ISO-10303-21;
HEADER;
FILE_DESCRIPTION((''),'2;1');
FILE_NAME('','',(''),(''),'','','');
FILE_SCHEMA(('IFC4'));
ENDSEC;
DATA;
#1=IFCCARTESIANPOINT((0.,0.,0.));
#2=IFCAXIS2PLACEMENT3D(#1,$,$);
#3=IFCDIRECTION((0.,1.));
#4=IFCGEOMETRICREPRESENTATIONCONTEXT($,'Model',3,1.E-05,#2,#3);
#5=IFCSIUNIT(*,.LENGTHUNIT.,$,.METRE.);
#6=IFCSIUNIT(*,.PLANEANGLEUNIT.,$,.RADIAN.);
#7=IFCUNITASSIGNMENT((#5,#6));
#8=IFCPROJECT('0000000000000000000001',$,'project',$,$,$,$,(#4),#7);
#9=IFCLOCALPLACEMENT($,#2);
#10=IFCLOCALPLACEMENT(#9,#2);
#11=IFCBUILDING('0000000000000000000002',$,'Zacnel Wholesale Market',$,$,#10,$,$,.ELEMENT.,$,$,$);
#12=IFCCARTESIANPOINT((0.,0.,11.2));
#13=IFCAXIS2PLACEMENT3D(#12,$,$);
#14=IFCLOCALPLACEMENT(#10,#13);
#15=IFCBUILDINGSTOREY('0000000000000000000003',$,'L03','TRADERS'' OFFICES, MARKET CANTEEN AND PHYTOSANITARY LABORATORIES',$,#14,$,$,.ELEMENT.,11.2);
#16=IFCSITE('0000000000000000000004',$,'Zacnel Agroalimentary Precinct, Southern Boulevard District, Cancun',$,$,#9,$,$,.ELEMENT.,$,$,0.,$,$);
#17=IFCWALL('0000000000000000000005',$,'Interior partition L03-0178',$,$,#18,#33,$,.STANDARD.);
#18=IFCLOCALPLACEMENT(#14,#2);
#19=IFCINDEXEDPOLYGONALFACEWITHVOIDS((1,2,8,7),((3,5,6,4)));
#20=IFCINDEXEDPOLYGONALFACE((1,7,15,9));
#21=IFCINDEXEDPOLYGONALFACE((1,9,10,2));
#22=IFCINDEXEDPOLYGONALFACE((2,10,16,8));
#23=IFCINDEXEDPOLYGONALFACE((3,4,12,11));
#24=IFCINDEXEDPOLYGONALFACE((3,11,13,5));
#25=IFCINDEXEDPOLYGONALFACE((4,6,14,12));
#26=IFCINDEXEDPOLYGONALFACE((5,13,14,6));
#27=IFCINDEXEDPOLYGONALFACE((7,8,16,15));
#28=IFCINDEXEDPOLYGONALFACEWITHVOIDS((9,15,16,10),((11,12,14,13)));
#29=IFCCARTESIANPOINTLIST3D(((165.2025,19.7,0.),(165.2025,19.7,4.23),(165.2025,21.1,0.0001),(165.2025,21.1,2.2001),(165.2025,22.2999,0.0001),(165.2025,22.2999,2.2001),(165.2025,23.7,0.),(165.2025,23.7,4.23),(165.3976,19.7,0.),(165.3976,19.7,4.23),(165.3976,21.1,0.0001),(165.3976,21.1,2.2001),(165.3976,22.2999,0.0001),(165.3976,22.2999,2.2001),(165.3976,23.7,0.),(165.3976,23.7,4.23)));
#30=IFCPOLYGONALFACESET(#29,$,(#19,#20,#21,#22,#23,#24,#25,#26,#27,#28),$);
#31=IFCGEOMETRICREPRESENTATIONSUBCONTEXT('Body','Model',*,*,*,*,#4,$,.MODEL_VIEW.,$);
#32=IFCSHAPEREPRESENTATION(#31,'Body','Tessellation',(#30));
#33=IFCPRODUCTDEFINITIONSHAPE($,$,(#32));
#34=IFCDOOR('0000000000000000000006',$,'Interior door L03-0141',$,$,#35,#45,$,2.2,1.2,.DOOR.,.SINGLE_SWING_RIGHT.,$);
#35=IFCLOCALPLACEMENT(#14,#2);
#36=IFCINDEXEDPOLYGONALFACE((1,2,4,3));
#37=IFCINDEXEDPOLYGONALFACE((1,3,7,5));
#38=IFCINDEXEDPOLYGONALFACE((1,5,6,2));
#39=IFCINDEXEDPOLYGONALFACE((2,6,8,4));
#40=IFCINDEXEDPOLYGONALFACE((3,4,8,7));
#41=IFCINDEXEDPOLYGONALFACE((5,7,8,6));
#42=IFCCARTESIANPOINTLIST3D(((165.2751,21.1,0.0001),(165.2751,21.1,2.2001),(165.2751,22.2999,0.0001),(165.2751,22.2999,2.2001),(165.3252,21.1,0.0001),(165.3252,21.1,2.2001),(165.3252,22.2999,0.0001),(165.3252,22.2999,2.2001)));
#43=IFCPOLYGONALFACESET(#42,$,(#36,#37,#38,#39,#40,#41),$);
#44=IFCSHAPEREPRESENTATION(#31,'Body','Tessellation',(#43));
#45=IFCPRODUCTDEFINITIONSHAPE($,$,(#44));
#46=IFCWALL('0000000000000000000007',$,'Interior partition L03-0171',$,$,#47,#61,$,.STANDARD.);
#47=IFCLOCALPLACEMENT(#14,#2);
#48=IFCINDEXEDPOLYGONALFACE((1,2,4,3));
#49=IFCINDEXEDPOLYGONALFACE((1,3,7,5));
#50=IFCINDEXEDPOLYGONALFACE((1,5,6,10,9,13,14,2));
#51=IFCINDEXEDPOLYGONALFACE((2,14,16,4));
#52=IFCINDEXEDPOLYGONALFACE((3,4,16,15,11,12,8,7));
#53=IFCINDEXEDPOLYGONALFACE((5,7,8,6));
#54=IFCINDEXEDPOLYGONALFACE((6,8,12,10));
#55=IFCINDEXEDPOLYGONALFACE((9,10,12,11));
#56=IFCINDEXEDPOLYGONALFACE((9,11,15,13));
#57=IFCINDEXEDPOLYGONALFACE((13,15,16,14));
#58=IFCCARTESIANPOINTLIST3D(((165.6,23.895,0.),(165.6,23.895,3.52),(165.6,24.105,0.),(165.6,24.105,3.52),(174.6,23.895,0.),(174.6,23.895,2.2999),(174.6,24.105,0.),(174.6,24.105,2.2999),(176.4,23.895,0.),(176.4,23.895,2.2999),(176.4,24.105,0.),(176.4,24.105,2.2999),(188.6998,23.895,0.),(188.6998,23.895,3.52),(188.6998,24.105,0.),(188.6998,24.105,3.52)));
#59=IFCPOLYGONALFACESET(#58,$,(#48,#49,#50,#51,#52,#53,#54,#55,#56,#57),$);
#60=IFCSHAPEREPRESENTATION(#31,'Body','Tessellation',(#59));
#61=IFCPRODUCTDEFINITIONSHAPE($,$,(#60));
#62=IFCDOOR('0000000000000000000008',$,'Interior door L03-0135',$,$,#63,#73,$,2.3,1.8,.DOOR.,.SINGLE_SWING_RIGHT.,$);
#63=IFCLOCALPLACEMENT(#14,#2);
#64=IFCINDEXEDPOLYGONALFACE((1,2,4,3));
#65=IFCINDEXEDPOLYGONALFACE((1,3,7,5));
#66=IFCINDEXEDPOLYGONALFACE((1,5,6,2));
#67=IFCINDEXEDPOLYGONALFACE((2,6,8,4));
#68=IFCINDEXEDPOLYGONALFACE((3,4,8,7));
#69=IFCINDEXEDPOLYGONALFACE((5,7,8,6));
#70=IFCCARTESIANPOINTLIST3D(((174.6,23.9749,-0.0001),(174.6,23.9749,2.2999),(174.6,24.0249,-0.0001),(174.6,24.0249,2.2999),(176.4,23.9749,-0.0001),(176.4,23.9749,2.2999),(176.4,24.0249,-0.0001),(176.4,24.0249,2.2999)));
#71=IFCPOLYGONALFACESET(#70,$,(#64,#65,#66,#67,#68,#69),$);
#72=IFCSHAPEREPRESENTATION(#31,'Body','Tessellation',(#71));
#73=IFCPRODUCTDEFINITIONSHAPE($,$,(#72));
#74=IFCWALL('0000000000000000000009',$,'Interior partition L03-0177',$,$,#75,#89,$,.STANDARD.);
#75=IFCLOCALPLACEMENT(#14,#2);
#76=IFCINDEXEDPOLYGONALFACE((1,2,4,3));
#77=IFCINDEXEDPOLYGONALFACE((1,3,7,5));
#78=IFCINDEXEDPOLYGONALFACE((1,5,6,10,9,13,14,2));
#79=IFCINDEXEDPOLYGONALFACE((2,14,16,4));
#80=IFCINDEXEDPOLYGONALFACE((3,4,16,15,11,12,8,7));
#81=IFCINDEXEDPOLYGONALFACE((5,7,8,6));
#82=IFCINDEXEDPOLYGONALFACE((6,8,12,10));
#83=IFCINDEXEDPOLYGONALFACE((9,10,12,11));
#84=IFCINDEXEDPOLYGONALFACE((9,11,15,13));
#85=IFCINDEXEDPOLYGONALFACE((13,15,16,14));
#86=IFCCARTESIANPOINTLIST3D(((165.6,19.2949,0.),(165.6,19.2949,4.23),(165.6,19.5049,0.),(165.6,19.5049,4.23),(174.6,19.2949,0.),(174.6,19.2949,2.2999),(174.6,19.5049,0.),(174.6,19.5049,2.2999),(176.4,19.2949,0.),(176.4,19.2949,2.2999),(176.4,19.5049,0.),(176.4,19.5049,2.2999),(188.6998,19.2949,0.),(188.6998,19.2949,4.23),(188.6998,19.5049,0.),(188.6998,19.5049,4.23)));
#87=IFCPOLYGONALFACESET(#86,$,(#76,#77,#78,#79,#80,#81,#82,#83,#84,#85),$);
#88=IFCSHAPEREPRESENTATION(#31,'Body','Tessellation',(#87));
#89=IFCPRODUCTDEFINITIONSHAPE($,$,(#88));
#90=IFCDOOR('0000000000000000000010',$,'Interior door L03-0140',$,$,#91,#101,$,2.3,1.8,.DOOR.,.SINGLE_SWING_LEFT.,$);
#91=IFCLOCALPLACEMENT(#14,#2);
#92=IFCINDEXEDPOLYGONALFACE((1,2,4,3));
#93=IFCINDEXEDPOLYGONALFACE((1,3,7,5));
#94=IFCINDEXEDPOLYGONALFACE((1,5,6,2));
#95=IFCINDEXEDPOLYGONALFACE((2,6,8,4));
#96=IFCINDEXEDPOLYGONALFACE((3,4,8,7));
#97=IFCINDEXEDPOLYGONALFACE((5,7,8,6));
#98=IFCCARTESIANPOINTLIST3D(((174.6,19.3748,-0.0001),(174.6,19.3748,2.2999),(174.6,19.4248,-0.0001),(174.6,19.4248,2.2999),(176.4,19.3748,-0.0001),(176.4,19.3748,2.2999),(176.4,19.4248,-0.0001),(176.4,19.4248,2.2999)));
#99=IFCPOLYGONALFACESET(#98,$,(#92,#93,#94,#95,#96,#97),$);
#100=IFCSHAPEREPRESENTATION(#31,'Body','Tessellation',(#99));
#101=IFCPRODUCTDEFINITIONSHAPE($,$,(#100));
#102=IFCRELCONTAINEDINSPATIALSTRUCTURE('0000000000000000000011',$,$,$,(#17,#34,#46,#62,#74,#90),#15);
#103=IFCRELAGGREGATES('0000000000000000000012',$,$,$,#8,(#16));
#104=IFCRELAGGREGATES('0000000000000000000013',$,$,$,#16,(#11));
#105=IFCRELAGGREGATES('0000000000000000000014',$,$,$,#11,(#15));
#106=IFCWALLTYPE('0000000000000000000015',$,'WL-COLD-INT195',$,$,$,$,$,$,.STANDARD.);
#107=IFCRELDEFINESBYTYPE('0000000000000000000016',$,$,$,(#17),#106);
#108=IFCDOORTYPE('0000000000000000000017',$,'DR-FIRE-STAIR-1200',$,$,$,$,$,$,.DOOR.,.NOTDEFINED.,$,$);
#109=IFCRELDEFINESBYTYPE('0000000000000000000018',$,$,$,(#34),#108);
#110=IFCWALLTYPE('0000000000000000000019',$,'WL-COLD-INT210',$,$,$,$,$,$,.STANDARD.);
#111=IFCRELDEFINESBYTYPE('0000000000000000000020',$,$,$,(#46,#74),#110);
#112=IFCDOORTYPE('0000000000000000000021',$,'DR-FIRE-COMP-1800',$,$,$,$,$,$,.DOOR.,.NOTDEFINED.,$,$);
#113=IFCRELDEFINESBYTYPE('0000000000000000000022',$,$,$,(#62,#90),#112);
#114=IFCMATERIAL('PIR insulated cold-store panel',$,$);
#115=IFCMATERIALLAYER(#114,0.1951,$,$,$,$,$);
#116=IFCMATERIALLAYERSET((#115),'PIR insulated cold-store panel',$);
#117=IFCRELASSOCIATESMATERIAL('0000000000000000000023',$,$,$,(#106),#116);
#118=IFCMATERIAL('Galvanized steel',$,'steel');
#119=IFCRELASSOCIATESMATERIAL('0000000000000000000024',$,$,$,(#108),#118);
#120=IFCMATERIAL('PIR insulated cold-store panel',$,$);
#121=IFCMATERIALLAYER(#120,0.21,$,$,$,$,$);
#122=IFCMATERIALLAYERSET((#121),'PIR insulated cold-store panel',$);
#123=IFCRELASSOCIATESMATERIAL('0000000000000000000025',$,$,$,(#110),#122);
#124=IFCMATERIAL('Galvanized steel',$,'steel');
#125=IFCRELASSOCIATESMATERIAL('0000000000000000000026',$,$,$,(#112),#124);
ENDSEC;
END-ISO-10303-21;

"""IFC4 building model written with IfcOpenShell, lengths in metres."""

from ifc_helpers import new_model, si_unit, direction, frame, frame_2d, origin, place, context, subcontext, project, spatial, rectangle, extrude, material, layer, layer_set, type_object, element, fill, save


model = new_model("IFC4")

# Units and contexts
model_context = context("Model", 3, precision=1e-05, world=origin(), true_north=direction((0.0, 1.0)))
body_context = subcontext(model_context, "Body", "Model", "MODEL_VIEW")
ifc_project = project(units=[si_unit("LENGTHUNIT", "METRE"), si_unit("PLANEANGLEUNIT", "RADIAN")], contexts=[model_context])

# Site, building, storey
site_placement = place(None, origin())
site = spatial("IfcSite", under=ifc_project, at=site_placement, Name="Zacnel Agroalimentary Precinct, Southern Boulevard District, Cancun", CompositionType="ELEMENT", RefElevation=0.0)
building_placement = place(site_placement, origin())
building = spatial("IfcBuilding", under=site, at=building_placement, Name="Zacnel Wholesale Market", CompositionType="ELEMENT")
storey_placement = place(building_placement, frame((0.0, 0.0, 11.2)))
storey = spatial("IfcBuildingStorey", under=building, at=storey_placement, Name="L03", Description="TRADERS' OFFICES, MARKET CANTEEN AND PHYTOSANITARY LABORATORIES", CompositionType="ELEMENT", Elevation=11.2)

# Walls, openings, doors
ifc_material_1 = material(Name="PIR insulated cold-store panel")
ifc_layer_1 = layer(ifc_material_1, 0.1951)
ifc_layer_set_1 = layer_set([ifc_layer_1], Name="PIR insulated cold-store panel")
wall_type_1 = type_object("IfcWallType", Name="WL-COLD-INT195", PredefinedType="STANDARD", material=ifc_layer_set_1)
wall_1_placement = place(storey_placement, frame((165.3, 19.7, 0.0), z_axis=(0.0, 0.0, 1.0), x_axis=(0.0, 1.0, 0.0)))
wall_1 = element("IfcWall", 1, at=wall_1_placement, inside=storey, type_object=wall_type_1, Name="Interior partition L03-0178", PredefinedType="STANDARD", context=body_context, shape_type="SweptSolid", body=[
    extrude(rectangle(XDim=4.0, YDim=0.1951, at=frame_2d((2.0, 0.0))), origin(), (0.0, 0.0, 1.0), 4.23),
])
opening_1_placement = place(wall_1_placement, frame((1.3999, 0.0, 0.0)))
opening_1 = element("IfcOpeningElement", 2, at=opening_1_placement, cuts=wall_1, PredefinedType="OPENING", context=body_context, shape_type="SweptSolid", body=[
    extrude(rectangle(XDim=1.2, YDim=2.2, at=frame_2d((0.6001, 1.1001))), frame((0.0, 0.1074, 0.0), z_axis=(0.0, -1.0, 0.0), x_axis=(1.0, 0.0, 0.0)), (0.0, 0.0, 1.0), 0.2151),
])
ifc_material_2 = material(Name="Galvanized steel", Category="steel")
door_type_1 = type_object("IfcDoorType", Name="DR-FIRE-STAIR-1200", OperationType="NOTDEFINED", PredefinedType="DOOR", material=ifc_material_2)
door_1_placement = place(opening_1_placement, origin())
door_1 = element("IfcDoor", 3, at=door_1_placement, inside=storey, type_object=door_type_1, Name="Interior door L03-0141", OperationType="SINGLE_SWING_RIGHT", OverallHeight=2.2, OverallWidth=1.2, PredefinedType="DOOR", context=body_context, shape_type="SweptSolid", body=[
    extrude(rectangle(XDim=1.2, YDim=2.2, at=frame_2d((0.6001, 1.1001))), frame((0.0, 0.0249, 0.0), z_axis=(0.0, -1.0, 0.0), x_axis=(1.0, 0.0, 0.0)), (0.0, 0.0, 1.0), 0.05),
])
fill(opening_1, door_1)
ifc_material_3 = material(Name="PIR insulated cold-store panel")
ifc_layer_2 = layer(ifc_material_3, 0.21)
ifc_layer_set_2 = layer_set([ifc_layer_2], Name="PIR insulated cold-store panel")
wall_type_2 = type_object("IfcWallType", Name="WL-COLD-INT210", PredefinedType="STANDARD", material=ifc_layer_set_2)
wall_2_placement = place(storey_placement, frame((165.6001, 24.0, 0.0), z_axis=(0.0, 0.0, 1.0), x_axis=(1.0, 0.0, 0.0)))
wall_2 = element("IfcWall", 4, at=wall_2_placement, inside=storey, type_object=wall_type_2, Name="Interior partition L03-0171", PredefinedType="STANDARD", context=body_context, shape_type="SweptSolid", body=[
    extrude(rectangle(XDim=23.0999, YDim=0.21, at=frame_2d((11.5498, 0.0))), origin(), (0.0, 0.0, 1.0), 3.52),
])
opening_2_placement = place(wall_2_placement, frame((9.0, 0.0, 0.0)))
opening_2 = element("IfcOpeningElement", 5, at=opening_2_placement, cuts=wall_2, PredefinedType="OPENING", context=body_context, shape_type="SweptSolid", body=[
    extrude(rectangle(XDim=1.8, YDim=2.3, at=frame_2d((0.8999, 1.1499))), frame((0.0, 0.115, 0.0), z_axis=(0.0, -1.0, 0.0), x_axis=(1.0, 0.0, 0.0)), (0.0, 0.0, 1.0), 0.23),
])
ifc_material_4 = material(Name="Galvanized steel", Category="steel")
door_type_2 = type_object("IfcDoorType", Name="DR-FIRE-COMP-1800", OperationType="NOTDEFINED", PredefinedType="DOOR", material=ifc_material_4)
door_2_placement = place(opening_2_placement, origin())
door_2 = element("IfcDoor", 6, at=door_2_placement, inside=storey, type_object=door_type_2, Name="Interior door L03-0135", OperationType="SINGLE_SWING_RIGHT", OverallHeight=2.3, OverallWidth=1.8, PredefinedType="DOOR", context=body_context, shape_type="SweptSolid", body=[
    extrude(rectangle(XDim=1.8, YDim=2.3, at=frame_2d((0.8999, 1.1499))), frame((0.0, 0.0249, 0.0), z_axis=(0.0, -1.0, 0.0), x_axis=(1.0, 0.0, 0.0)), (0.0, 0.0, 1.0), 0.05),
])
fill(opening_2, door_2)
wall_3_placement = place(storey_placement, frame((165.6001, 19.3999, 0.0), z_axis=(0.0, 0.0, 1.0), x_axis=(1.0, 0.0, 0.0)))
wall_3 = element("IfcWall", 7, at=wall_3_placement, inside=storey, type_object=wall_type_2, Name="Interior partition L03-0177", PredefinedType="STANDARD", context=body_context, shape_type="SweptSolid", body=[
    extrude(rectangle(XDim=23.0999, YDim=0.21, at=frame_2d((11.5498, 0.0))), origin(), (0.0, 0.0, 1.0), 4.23),
])
opening_3_placement = place(wall_3_placement, frame((9.0, 0.0, 0.0)))
opening_3 = element("IfcOpeningElement", 8, at=opening_3_placement, cuts=wall_3, PredefinedType="OPENING", context=body_context, shape_type="SweptSolid", body=[
    extrude(rectangle(XDim=1.8, YDim=2.3, at=frame_2d((0.8999, 1.1499))), frame((0.0, 0.115, 0.0), z_axis=(0.0, -1.0, 0.0), x_axis=(1.0, 0.0, 0.0)), (0.0, 0.0, 1.0), 0.23),
])
door_3_placement = place(opening_3_placement, origin())
door_3 = element("IfcDoor", 9, at=door_3_placement, inside=storey, type_object=door_type_2, Name="Interior door L03-0140", OperationType="SINGLE_SWING_LEFT", OverallHeight=2.3, OverallWidth=1.8, PredefinedType="DOOR", context=body_context, shape_type="SweptSolid", body=[
    extrude(rectangle(XDim=1.8, YDim=2.3, at=frame_2d((0.8999, 1.1499))), frame((0.0, 0.0249, 0.0), z_axis=(0.0, -1.0, 0.0), x_axis=(1.0, 0.0, 0.0)), (0.0, 0.0, 1.0), 0.05),
])
fill(opening_3, door_3)

save(model, "model.ifc")
